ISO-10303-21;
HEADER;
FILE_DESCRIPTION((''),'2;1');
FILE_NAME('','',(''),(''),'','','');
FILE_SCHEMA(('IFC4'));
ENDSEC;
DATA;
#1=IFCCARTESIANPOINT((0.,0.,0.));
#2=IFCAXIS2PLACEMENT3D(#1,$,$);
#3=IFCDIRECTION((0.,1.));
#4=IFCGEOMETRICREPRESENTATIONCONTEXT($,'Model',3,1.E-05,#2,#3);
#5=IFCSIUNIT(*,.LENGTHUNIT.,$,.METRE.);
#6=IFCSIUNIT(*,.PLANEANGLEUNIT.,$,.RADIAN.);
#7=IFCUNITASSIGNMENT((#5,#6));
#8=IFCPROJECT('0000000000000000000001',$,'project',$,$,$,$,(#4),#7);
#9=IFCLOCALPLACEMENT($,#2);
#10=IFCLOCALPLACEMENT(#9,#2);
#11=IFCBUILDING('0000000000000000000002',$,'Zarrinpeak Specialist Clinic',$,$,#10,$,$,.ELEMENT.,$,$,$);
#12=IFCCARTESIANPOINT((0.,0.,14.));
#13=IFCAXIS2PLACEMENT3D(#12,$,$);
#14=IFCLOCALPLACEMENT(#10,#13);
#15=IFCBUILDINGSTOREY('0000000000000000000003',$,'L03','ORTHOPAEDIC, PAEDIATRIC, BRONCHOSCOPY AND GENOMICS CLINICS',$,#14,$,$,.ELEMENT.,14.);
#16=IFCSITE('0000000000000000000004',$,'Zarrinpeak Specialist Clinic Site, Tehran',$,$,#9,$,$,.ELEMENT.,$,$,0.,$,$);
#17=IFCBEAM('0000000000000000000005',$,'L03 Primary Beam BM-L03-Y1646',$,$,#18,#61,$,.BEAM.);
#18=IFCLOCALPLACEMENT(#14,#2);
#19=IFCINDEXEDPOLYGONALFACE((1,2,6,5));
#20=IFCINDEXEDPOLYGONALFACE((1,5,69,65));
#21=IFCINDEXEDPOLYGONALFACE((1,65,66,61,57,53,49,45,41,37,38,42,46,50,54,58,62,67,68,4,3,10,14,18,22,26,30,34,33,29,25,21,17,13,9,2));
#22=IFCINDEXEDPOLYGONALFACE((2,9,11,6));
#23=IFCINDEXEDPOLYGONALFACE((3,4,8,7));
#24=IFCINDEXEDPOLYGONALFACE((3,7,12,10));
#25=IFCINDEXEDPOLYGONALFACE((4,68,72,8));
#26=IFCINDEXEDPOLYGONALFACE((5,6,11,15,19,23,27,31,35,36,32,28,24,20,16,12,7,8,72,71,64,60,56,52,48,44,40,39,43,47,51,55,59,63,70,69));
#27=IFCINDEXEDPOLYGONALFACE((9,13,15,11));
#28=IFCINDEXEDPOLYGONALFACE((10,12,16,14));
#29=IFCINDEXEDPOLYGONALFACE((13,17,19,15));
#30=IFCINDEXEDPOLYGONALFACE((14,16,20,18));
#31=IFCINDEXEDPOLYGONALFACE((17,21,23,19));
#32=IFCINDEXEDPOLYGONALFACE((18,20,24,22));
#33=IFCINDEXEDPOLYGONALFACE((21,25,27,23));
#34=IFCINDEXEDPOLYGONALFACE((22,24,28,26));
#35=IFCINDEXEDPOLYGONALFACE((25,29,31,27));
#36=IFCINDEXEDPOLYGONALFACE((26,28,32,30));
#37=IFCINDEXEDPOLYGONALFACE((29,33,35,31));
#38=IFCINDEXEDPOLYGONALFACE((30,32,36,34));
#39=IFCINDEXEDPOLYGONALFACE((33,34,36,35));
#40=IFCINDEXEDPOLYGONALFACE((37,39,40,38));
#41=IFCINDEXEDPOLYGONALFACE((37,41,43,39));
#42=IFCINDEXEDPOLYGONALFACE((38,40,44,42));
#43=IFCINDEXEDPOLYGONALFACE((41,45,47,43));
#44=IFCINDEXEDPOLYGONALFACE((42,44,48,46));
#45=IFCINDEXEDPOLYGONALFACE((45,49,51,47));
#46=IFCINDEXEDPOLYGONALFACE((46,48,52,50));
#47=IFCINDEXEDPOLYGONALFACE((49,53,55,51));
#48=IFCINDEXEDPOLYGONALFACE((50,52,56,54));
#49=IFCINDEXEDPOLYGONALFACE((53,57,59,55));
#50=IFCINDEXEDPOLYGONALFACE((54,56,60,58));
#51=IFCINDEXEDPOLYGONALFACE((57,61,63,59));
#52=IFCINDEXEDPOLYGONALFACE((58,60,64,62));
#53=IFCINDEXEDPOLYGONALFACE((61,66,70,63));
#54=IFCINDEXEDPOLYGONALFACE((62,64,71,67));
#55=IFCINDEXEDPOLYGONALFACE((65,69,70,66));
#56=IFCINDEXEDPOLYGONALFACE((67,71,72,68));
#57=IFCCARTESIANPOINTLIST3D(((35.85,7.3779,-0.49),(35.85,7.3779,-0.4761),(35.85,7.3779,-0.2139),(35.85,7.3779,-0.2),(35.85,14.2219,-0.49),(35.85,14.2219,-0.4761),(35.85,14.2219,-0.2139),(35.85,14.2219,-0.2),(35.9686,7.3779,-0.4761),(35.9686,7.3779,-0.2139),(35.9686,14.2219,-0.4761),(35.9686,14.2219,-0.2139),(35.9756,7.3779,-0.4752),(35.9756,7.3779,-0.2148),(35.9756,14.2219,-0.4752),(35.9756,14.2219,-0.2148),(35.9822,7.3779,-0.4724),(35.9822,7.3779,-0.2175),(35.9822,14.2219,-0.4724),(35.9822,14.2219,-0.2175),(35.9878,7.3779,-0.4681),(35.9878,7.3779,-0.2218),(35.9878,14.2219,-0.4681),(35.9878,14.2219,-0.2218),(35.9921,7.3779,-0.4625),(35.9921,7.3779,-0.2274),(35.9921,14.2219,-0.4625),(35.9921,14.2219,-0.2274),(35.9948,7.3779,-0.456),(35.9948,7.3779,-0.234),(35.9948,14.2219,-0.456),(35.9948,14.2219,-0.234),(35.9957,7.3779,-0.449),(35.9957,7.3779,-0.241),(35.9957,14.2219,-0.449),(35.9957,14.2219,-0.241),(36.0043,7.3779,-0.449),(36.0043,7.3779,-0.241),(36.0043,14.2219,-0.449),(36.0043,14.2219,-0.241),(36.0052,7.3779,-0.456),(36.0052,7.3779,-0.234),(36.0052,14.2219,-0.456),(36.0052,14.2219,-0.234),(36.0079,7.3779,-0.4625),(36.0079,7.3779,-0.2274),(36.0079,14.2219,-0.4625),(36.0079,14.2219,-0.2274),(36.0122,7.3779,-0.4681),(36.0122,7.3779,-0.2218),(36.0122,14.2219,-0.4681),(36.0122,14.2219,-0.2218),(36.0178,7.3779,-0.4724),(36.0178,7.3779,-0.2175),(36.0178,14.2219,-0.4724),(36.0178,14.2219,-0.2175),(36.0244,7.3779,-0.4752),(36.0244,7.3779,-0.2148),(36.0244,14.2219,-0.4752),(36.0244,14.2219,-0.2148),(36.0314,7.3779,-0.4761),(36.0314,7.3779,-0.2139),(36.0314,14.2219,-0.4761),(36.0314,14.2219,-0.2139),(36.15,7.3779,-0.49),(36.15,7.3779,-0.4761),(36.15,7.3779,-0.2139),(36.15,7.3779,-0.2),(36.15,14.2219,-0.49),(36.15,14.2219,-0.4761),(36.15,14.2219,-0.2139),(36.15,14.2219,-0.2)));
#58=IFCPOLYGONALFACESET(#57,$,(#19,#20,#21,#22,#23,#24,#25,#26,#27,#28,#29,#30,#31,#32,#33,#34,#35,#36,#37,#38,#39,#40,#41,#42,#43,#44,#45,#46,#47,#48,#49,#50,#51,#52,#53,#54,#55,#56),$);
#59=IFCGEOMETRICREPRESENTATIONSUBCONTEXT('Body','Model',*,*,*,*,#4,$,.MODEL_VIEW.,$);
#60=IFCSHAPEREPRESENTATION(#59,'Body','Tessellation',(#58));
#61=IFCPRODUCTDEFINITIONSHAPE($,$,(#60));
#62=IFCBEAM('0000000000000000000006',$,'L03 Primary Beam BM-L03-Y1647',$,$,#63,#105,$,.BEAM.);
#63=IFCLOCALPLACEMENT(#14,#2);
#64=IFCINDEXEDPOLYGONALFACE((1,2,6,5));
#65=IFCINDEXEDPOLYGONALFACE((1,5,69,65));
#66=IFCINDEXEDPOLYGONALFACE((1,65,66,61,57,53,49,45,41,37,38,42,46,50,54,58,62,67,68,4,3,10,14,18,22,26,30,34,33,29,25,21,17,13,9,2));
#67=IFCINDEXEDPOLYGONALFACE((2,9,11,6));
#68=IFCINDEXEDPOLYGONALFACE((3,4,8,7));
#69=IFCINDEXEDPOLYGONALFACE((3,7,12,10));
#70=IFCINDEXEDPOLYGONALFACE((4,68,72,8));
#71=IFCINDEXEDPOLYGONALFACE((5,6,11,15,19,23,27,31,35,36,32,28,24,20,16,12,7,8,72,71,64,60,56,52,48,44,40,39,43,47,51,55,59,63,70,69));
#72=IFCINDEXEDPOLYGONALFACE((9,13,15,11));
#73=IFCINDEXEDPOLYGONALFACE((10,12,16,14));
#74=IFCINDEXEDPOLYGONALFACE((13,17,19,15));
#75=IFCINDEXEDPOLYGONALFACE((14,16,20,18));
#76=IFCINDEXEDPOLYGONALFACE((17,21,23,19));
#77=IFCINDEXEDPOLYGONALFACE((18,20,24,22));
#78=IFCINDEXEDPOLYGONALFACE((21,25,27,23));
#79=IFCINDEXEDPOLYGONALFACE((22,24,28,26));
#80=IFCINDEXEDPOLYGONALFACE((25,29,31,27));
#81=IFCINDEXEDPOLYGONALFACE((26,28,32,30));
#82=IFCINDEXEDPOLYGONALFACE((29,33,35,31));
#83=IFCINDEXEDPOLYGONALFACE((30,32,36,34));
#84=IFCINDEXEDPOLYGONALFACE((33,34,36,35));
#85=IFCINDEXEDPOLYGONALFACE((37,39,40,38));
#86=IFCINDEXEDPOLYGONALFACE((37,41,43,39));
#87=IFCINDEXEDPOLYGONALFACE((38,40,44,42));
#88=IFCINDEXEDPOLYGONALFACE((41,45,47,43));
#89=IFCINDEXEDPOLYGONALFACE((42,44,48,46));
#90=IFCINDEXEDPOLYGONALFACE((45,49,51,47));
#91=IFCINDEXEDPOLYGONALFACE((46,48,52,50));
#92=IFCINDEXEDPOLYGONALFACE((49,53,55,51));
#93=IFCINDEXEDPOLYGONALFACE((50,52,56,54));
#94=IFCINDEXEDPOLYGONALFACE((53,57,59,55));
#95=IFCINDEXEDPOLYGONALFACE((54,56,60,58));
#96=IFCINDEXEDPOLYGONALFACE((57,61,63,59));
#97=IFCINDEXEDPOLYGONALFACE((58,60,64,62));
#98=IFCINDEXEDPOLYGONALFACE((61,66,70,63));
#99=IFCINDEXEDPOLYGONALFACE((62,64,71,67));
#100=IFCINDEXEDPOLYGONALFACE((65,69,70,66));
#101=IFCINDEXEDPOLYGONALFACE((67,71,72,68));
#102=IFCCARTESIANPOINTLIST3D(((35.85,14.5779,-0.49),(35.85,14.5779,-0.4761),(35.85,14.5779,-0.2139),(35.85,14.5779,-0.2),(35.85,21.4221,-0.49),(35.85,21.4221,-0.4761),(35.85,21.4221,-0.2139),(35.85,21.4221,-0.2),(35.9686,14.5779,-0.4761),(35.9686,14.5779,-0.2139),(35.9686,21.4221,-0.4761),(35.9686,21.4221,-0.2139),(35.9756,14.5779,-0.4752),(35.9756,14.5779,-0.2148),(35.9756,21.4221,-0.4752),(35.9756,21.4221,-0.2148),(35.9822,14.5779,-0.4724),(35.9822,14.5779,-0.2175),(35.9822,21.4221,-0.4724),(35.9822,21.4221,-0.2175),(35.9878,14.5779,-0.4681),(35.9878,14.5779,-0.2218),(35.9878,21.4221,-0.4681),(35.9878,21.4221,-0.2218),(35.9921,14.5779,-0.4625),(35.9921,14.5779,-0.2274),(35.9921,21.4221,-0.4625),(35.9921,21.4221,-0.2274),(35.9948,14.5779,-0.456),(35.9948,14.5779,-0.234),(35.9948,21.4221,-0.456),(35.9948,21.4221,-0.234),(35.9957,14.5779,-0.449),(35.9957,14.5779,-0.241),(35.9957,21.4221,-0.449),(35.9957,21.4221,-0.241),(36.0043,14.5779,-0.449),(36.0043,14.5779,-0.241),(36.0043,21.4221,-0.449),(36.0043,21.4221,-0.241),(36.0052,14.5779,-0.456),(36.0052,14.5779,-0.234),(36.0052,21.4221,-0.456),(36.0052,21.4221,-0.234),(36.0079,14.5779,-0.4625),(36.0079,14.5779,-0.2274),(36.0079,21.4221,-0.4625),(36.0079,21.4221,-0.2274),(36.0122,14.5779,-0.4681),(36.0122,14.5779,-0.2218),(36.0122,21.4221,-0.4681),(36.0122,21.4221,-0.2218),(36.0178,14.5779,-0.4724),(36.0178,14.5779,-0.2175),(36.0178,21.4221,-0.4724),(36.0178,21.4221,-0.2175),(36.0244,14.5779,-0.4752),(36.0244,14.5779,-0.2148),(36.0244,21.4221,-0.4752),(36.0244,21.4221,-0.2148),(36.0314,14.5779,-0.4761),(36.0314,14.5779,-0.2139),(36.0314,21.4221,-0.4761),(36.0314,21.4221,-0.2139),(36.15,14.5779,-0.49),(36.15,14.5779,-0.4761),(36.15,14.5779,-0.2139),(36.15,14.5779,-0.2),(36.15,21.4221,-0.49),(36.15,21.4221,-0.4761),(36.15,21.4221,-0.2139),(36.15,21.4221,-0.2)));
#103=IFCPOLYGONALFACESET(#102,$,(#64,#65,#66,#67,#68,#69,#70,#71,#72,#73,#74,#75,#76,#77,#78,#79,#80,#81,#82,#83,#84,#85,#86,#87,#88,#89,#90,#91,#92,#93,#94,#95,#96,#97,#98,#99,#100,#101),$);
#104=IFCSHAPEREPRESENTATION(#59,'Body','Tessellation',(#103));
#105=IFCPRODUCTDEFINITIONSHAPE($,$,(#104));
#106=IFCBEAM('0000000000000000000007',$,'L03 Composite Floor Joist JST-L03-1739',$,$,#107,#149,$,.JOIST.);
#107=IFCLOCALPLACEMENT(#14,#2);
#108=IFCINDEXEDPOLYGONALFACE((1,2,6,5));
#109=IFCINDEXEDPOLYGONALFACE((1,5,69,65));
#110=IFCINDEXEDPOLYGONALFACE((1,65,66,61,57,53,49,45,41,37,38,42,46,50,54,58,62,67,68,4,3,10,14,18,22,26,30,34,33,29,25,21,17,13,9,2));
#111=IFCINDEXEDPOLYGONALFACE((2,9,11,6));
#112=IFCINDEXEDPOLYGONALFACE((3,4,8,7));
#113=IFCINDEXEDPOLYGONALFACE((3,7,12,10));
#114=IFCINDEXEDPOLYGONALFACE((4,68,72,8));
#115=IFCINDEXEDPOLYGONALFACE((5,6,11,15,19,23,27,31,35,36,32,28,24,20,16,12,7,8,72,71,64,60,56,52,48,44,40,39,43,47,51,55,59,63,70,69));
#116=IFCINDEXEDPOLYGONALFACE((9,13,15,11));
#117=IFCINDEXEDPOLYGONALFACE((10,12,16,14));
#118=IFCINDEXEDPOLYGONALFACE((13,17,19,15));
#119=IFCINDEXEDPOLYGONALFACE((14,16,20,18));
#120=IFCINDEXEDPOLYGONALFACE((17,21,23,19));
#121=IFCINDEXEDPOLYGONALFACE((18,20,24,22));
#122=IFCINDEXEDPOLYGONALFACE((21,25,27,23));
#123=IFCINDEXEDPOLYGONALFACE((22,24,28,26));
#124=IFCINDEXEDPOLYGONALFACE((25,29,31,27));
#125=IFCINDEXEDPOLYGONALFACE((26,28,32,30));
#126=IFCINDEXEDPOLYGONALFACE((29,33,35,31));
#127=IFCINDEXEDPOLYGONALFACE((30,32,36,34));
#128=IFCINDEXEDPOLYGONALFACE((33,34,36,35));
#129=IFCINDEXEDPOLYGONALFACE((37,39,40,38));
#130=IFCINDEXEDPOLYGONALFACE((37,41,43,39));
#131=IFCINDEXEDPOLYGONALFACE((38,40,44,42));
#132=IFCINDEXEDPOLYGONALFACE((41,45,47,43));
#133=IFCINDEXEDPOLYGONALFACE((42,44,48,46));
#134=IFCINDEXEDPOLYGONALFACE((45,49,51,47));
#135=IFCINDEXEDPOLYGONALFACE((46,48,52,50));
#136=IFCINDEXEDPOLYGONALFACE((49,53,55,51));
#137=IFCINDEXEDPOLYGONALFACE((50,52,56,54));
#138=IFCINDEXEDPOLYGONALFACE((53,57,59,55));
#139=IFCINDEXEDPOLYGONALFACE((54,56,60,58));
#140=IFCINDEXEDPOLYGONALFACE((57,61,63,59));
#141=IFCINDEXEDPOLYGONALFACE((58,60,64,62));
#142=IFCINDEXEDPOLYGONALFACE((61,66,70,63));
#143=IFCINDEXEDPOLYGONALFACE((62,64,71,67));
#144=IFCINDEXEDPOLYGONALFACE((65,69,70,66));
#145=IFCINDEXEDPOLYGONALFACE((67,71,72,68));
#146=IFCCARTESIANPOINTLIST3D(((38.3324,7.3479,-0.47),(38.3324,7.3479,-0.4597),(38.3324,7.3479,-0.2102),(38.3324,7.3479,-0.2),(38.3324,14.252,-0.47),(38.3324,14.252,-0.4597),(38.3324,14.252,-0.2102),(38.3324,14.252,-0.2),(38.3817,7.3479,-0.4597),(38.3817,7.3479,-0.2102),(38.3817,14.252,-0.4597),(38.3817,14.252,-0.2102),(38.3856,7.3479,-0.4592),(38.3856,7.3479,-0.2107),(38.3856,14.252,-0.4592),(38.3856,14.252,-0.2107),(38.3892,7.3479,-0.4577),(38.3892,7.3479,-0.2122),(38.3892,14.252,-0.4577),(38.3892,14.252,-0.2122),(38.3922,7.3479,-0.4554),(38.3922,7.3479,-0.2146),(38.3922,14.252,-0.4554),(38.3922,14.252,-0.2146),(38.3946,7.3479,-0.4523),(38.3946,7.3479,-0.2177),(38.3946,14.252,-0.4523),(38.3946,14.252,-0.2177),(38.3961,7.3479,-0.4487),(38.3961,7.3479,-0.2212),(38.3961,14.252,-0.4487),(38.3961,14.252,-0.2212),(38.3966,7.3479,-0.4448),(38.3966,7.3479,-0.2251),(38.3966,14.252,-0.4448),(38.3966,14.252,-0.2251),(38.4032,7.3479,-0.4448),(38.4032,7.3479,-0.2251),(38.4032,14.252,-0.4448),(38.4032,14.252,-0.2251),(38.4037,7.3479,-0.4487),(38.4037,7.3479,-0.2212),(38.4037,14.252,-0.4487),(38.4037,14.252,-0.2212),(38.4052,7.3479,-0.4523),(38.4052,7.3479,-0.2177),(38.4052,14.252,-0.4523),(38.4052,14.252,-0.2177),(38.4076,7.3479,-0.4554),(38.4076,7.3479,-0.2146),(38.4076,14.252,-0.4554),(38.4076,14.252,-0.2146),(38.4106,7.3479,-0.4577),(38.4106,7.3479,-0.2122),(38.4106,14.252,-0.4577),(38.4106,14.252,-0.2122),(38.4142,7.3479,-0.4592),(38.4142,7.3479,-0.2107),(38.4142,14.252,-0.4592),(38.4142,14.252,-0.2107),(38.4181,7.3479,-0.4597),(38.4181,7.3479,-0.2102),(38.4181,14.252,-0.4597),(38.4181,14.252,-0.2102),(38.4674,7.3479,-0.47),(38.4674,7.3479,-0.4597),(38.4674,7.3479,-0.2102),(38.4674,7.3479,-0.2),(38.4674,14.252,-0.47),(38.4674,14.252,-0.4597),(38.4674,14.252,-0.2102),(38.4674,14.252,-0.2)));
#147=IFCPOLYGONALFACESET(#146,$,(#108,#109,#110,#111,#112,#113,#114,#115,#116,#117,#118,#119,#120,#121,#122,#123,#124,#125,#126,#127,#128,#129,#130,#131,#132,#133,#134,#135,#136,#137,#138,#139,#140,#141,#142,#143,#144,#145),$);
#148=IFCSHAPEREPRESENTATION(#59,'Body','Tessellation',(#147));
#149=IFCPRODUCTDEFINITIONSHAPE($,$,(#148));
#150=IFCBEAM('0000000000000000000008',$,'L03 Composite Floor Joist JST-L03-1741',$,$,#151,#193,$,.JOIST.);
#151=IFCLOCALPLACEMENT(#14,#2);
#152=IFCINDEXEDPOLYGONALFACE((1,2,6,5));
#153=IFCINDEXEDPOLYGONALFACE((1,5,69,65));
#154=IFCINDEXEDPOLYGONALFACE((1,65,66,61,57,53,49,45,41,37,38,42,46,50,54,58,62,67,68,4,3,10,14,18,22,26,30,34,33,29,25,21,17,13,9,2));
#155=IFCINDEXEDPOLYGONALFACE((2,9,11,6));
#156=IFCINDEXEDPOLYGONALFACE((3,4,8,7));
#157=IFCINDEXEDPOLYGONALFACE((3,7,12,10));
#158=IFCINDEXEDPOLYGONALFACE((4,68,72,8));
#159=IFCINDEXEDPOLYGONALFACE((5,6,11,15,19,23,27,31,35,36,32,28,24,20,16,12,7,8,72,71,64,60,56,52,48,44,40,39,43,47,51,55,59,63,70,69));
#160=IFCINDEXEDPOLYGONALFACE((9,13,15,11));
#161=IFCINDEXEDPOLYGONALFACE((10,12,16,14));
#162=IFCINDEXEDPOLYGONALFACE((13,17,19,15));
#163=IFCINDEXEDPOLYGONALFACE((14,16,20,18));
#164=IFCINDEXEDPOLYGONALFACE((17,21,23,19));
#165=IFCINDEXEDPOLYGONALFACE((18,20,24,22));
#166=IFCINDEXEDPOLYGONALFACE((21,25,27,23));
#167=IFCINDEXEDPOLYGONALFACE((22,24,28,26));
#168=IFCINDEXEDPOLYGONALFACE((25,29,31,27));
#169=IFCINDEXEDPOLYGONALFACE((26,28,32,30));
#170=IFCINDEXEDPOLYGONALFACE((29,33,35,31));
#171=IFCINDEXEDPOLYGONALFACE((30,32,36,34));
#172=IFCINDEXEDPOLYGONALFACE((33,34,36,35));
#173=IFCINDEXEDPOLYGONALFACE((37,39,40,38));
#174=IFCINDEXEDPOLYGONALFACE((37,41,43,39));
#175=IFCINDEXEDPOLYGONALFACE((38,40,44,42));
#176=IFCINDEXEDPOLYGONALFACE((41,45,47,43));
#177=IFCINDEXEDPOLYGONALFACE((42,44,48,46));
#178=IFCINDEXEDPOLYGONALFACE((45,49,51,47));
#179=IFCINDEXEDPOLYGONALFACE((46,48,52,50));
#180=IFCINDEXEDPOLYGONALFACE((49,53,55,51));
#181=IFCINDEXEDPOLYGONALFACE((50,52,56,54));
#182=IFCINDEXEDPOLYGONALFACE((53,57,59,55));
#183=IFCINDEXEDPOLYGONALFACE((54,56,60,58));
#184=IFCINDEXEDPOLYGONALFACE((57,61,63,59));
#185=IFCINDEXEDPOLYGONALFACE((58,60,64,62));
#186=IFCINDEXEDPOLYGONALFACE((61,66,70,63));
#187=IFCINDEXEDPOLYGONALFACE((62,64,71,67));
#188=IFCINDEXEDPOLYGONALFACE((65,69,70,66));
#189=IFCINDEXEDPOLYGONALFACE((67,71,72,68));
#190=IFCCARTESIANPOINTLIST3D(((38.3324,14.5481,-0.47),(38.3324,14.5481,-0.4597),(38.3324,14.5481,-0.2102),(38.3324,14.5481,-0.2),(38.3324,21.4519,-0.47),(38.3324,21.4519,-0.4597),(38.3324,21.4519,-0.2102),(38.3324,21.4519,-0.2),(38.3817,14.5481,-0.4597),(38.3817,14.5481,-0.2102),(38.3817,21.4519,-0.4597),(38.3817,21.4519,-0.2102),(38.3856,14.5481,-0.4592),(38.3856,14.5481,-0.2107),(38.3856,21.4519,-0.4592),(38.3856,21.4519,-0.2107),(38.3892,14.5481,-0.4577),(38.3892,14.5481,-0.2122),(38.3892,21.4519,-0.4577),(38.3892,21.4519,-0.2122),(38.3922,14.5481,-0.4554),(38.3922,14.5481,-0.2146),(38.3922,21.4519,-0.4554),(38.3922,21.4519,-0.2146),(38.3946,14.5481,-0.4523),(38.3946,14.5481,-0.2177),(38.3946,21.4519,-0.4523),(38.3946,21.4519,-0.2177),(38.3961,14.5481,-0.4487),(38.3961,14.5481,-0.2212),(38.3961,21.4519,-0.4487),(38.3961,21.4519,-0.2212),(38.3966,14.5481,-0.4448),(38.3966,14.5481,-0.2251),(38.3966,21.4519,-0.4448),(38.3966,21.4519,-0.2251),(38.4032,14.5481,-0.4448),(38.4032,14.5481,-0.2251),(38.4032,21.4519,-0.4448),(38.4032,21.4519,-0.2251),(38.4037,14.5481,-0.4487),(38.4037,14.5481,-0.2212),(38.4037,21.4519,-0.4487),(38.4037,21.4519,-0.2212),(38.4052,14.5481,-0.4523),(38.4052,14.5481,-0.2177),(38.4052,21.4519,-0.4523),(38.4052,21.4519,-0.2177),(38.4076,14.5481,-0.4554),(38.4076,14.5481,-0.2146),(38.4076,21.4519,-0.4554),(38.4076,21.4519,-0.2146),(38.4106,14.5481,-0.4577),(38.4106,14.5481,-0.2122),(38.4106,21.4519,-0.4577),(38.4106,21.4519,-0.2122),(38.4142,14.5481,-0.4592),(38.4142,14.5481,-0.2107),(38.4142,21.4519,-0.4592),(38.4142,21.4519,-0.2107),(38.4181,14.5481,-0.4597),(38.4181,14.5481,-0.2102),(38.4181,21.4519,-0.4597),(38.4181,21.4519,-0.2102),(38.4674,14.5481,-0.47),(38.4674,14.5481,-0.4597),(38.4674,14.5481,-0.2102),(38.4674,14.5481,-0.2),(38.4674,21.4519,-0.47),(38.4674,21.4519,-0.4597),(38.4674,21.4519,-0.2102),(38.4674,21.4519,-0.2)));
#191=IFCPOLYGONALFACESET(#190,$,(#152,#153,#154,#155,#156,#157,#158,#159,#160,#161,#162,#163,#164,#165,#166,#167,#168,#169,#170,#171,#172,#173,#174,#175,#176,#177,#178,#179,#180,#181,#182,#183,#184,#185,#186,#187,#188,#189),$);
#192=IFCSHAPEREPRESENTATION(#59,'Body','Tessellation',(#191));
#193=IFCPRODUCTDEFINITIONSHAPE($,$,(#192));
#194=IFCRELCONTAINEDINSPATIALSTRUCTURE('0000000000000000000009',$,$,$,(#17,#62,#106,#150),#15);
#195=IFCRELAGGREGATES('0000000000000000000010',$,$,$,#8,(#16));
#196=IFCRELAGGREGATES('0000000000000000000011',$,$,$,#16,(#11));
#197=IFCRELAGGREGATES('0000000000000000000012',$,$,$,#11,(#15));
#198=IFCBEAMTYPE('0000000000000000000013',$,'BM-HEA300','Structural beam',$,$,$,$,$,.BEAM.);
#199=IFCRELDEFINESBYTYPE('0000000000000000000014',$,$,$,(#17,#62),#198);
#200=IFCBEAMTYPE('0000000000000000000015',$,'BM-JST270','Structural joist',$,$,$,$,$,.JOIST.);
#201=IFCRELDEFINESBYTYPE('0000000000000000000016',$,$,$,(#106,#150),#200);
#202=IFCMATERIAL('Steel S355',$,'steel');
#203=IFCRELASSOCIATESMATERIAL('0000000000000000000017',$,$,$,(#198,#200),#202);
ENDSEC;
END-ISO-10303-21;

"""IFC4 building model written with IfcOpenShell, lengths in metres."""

from ifc_helpers import new_model, si_unit, direction, frame, origin, origin_2d, place, context, subcontext, project, spatial, i_section, extrude, material, material_profile, profile_set, type_object, element, save


model = new_model("IFC4")

# Units and contexts
model_context = context("Model", 3, precision=1e-05, world=origin(), true_north=direction((0.0, 1.0)))
body_context = subcontext(model_context, "Body", "Model", "MODEL_VIEW")
ifc_project = project(units=[si_unit("LENGTHUNIT", "METRE"), si_unit("PLANEANGLEUNIT", "RADIAN")], contexts=[model_context])

# Site, building, storey
site_placement = place(None, origin())
site = spatial("IfcSite", under=ifc_project, at=site_placement, Name="Zarrinpeak Specialist Clinic Site, Tehran", CompositionType="ELEMENT", RefElevation=0.0)
building_placement = place(site_placement, origin())
building = spatial("IfcBuilding", under=site, at=building_placement, Name="Zarrinpeak Specialist Clinic", CompositionType="ELEMENT")
storey_placement = place(building_placement, frame((0.0, 0.0, 14.0)))
storey = spatial("IfcBuildingStorey", under=building, at=storey_placement, Name="L03", Description="ORTHOPAEDIC, PAEDIATRIC, BRONCHOSCOPY AND GENOMICS CLINICS", CompositionType="ELEMENT", Elevation=14.0)

# Shared definitions
ifc_material_1 = material(Name="Steel S355", Category="steel")

# Beams
ifc_material_profile_1 = material_profile(ifc_material_1, i_section(OverallWidth=0.3, OverallDepth=0.29, WebThickness=0.0085, FlangeThickness=0.0139, FilletRadius=0.0271, at=origin_2d()), Name="HEA 300")
ifc_profile_set_1 = profile_set([ifc_material_profile_1], Name="Steel S355")
beam_type_1 = type_object("IfcBeamType", Name="BM-HEA300", Description="Structural beam", PredefinedType="BEAM", material=ifc_profile_set_1)
beam_1_placement = place(storey_placement, frame((36.0, 7.3779, -0.345), z_axis=(0.0, 1.0, 0.0), x_axis=(-1.0, 0.0, 0.0)))
element("IfcBeam", 1, at=beam_1_placement, inside=storey, type_object=beam_type_1, Name="L03 Primary Beam BM-L03-Y1646", PredefinedType="BEAM", context=body_context, shape_type="SweptSolid", body=[
    extrude(i_section(OverallWidth=0.3, OverallDepth=0.29, WebThickness=0.0085, FlangeThickness=0.0139, FilletRadius=0.0271, at=origin_2d()), origin(), (0.0, 0.0, 1.0), 6.844),
])
beam_2_placement = place(storey_placement, frame((36.0, 14.5779, -0.345), z_axis=(0.0, 1.0, 0.0), x_axis=(-1.0, 0.0, 0.0)))
element("IfcBeam", 2, at=beam_2_placement, inside=storey, type_object=beam_type_1, Name="L03 Primary Beam BM-L03-Y1647", PredefinedType="BEAM", context=body_context, shape_type="SweptSolid", body=[
    extrude(i_section(OverallWidth=0.3, OverallDepth=0.29, WebThickness=0.0085, FlangeThickness=0.0139, FilletRadius=0.0271, at=origin_2d()), origin(), (0.0, 0.0, 1.0), 6.8442),
])
ifc_material_profile_2 = material_profile(ifc_material_1, i_section(OverallWidth=0.135, OverallDepth=0.27, WebThickness=0.0066, FlangeThickness=0.0103, FilletRadius=0.0149, at=origin_2d()), Name="IPE 270")
ifc_profile_set_2 = profile_set([ifc_material_profile_2], Name="Steel S355")
beam_type_2 = type_object("IfcBeamType", Name="BM-JST270", Description="Structural joist", PredefinedType="JOIST", material=ifc_profile_set_2)
beam_3_placement = place(storey_placement, frame((38.3999, 7.3479, -0.335), z_axis=(0.0, 1.0, 0.0), x_axis=(-1.0, 0.0, 0.0)))
element("IfcBeam", 3, at=beam_3_placement, inside=storey, type_object=beam_type_2, Name="L03 Composite Floor Joist JST-L03-1739", PredefinedType="JOIST", context=body_context, shape_type="SweptSolid", body=[
    extrude(i_section(OverallWidth=0.135, OverallDepth=0.27, WebThickness=0.0066, FlangeThickness=0.0103, FilletRadius=0.0149, at=origin_2d()), origin(), (0.0, 0.0, 1.0), 6.9041),
])
beam_4_placement = place(storey_placement, frame((38.3999, 14.5481, -0.335), z_axis=(0.0, 1.0, 0.0), x_axis=(-1.0, 0.0, 0.0)))
element("IfcBeam", 4, at=beam_4_placement, inside=storey, type_object=beam_type_2, Name="L03 Composite Floor Joist JST-L03-1741", PredefinedType="JOIST", context=body_context, shape_type="SweptSolid", body=[
    extrude(i_section(OverallWidth=0.135, OverallDepth=0.27, WebThickness=0.0066, FlangeThickness=0.0103, FilletRadius=0.0149, at=origin_2d()), origin(), (0.0, 0.0, 1.0), 6.9038),
])

save(model, "model.ifc")
